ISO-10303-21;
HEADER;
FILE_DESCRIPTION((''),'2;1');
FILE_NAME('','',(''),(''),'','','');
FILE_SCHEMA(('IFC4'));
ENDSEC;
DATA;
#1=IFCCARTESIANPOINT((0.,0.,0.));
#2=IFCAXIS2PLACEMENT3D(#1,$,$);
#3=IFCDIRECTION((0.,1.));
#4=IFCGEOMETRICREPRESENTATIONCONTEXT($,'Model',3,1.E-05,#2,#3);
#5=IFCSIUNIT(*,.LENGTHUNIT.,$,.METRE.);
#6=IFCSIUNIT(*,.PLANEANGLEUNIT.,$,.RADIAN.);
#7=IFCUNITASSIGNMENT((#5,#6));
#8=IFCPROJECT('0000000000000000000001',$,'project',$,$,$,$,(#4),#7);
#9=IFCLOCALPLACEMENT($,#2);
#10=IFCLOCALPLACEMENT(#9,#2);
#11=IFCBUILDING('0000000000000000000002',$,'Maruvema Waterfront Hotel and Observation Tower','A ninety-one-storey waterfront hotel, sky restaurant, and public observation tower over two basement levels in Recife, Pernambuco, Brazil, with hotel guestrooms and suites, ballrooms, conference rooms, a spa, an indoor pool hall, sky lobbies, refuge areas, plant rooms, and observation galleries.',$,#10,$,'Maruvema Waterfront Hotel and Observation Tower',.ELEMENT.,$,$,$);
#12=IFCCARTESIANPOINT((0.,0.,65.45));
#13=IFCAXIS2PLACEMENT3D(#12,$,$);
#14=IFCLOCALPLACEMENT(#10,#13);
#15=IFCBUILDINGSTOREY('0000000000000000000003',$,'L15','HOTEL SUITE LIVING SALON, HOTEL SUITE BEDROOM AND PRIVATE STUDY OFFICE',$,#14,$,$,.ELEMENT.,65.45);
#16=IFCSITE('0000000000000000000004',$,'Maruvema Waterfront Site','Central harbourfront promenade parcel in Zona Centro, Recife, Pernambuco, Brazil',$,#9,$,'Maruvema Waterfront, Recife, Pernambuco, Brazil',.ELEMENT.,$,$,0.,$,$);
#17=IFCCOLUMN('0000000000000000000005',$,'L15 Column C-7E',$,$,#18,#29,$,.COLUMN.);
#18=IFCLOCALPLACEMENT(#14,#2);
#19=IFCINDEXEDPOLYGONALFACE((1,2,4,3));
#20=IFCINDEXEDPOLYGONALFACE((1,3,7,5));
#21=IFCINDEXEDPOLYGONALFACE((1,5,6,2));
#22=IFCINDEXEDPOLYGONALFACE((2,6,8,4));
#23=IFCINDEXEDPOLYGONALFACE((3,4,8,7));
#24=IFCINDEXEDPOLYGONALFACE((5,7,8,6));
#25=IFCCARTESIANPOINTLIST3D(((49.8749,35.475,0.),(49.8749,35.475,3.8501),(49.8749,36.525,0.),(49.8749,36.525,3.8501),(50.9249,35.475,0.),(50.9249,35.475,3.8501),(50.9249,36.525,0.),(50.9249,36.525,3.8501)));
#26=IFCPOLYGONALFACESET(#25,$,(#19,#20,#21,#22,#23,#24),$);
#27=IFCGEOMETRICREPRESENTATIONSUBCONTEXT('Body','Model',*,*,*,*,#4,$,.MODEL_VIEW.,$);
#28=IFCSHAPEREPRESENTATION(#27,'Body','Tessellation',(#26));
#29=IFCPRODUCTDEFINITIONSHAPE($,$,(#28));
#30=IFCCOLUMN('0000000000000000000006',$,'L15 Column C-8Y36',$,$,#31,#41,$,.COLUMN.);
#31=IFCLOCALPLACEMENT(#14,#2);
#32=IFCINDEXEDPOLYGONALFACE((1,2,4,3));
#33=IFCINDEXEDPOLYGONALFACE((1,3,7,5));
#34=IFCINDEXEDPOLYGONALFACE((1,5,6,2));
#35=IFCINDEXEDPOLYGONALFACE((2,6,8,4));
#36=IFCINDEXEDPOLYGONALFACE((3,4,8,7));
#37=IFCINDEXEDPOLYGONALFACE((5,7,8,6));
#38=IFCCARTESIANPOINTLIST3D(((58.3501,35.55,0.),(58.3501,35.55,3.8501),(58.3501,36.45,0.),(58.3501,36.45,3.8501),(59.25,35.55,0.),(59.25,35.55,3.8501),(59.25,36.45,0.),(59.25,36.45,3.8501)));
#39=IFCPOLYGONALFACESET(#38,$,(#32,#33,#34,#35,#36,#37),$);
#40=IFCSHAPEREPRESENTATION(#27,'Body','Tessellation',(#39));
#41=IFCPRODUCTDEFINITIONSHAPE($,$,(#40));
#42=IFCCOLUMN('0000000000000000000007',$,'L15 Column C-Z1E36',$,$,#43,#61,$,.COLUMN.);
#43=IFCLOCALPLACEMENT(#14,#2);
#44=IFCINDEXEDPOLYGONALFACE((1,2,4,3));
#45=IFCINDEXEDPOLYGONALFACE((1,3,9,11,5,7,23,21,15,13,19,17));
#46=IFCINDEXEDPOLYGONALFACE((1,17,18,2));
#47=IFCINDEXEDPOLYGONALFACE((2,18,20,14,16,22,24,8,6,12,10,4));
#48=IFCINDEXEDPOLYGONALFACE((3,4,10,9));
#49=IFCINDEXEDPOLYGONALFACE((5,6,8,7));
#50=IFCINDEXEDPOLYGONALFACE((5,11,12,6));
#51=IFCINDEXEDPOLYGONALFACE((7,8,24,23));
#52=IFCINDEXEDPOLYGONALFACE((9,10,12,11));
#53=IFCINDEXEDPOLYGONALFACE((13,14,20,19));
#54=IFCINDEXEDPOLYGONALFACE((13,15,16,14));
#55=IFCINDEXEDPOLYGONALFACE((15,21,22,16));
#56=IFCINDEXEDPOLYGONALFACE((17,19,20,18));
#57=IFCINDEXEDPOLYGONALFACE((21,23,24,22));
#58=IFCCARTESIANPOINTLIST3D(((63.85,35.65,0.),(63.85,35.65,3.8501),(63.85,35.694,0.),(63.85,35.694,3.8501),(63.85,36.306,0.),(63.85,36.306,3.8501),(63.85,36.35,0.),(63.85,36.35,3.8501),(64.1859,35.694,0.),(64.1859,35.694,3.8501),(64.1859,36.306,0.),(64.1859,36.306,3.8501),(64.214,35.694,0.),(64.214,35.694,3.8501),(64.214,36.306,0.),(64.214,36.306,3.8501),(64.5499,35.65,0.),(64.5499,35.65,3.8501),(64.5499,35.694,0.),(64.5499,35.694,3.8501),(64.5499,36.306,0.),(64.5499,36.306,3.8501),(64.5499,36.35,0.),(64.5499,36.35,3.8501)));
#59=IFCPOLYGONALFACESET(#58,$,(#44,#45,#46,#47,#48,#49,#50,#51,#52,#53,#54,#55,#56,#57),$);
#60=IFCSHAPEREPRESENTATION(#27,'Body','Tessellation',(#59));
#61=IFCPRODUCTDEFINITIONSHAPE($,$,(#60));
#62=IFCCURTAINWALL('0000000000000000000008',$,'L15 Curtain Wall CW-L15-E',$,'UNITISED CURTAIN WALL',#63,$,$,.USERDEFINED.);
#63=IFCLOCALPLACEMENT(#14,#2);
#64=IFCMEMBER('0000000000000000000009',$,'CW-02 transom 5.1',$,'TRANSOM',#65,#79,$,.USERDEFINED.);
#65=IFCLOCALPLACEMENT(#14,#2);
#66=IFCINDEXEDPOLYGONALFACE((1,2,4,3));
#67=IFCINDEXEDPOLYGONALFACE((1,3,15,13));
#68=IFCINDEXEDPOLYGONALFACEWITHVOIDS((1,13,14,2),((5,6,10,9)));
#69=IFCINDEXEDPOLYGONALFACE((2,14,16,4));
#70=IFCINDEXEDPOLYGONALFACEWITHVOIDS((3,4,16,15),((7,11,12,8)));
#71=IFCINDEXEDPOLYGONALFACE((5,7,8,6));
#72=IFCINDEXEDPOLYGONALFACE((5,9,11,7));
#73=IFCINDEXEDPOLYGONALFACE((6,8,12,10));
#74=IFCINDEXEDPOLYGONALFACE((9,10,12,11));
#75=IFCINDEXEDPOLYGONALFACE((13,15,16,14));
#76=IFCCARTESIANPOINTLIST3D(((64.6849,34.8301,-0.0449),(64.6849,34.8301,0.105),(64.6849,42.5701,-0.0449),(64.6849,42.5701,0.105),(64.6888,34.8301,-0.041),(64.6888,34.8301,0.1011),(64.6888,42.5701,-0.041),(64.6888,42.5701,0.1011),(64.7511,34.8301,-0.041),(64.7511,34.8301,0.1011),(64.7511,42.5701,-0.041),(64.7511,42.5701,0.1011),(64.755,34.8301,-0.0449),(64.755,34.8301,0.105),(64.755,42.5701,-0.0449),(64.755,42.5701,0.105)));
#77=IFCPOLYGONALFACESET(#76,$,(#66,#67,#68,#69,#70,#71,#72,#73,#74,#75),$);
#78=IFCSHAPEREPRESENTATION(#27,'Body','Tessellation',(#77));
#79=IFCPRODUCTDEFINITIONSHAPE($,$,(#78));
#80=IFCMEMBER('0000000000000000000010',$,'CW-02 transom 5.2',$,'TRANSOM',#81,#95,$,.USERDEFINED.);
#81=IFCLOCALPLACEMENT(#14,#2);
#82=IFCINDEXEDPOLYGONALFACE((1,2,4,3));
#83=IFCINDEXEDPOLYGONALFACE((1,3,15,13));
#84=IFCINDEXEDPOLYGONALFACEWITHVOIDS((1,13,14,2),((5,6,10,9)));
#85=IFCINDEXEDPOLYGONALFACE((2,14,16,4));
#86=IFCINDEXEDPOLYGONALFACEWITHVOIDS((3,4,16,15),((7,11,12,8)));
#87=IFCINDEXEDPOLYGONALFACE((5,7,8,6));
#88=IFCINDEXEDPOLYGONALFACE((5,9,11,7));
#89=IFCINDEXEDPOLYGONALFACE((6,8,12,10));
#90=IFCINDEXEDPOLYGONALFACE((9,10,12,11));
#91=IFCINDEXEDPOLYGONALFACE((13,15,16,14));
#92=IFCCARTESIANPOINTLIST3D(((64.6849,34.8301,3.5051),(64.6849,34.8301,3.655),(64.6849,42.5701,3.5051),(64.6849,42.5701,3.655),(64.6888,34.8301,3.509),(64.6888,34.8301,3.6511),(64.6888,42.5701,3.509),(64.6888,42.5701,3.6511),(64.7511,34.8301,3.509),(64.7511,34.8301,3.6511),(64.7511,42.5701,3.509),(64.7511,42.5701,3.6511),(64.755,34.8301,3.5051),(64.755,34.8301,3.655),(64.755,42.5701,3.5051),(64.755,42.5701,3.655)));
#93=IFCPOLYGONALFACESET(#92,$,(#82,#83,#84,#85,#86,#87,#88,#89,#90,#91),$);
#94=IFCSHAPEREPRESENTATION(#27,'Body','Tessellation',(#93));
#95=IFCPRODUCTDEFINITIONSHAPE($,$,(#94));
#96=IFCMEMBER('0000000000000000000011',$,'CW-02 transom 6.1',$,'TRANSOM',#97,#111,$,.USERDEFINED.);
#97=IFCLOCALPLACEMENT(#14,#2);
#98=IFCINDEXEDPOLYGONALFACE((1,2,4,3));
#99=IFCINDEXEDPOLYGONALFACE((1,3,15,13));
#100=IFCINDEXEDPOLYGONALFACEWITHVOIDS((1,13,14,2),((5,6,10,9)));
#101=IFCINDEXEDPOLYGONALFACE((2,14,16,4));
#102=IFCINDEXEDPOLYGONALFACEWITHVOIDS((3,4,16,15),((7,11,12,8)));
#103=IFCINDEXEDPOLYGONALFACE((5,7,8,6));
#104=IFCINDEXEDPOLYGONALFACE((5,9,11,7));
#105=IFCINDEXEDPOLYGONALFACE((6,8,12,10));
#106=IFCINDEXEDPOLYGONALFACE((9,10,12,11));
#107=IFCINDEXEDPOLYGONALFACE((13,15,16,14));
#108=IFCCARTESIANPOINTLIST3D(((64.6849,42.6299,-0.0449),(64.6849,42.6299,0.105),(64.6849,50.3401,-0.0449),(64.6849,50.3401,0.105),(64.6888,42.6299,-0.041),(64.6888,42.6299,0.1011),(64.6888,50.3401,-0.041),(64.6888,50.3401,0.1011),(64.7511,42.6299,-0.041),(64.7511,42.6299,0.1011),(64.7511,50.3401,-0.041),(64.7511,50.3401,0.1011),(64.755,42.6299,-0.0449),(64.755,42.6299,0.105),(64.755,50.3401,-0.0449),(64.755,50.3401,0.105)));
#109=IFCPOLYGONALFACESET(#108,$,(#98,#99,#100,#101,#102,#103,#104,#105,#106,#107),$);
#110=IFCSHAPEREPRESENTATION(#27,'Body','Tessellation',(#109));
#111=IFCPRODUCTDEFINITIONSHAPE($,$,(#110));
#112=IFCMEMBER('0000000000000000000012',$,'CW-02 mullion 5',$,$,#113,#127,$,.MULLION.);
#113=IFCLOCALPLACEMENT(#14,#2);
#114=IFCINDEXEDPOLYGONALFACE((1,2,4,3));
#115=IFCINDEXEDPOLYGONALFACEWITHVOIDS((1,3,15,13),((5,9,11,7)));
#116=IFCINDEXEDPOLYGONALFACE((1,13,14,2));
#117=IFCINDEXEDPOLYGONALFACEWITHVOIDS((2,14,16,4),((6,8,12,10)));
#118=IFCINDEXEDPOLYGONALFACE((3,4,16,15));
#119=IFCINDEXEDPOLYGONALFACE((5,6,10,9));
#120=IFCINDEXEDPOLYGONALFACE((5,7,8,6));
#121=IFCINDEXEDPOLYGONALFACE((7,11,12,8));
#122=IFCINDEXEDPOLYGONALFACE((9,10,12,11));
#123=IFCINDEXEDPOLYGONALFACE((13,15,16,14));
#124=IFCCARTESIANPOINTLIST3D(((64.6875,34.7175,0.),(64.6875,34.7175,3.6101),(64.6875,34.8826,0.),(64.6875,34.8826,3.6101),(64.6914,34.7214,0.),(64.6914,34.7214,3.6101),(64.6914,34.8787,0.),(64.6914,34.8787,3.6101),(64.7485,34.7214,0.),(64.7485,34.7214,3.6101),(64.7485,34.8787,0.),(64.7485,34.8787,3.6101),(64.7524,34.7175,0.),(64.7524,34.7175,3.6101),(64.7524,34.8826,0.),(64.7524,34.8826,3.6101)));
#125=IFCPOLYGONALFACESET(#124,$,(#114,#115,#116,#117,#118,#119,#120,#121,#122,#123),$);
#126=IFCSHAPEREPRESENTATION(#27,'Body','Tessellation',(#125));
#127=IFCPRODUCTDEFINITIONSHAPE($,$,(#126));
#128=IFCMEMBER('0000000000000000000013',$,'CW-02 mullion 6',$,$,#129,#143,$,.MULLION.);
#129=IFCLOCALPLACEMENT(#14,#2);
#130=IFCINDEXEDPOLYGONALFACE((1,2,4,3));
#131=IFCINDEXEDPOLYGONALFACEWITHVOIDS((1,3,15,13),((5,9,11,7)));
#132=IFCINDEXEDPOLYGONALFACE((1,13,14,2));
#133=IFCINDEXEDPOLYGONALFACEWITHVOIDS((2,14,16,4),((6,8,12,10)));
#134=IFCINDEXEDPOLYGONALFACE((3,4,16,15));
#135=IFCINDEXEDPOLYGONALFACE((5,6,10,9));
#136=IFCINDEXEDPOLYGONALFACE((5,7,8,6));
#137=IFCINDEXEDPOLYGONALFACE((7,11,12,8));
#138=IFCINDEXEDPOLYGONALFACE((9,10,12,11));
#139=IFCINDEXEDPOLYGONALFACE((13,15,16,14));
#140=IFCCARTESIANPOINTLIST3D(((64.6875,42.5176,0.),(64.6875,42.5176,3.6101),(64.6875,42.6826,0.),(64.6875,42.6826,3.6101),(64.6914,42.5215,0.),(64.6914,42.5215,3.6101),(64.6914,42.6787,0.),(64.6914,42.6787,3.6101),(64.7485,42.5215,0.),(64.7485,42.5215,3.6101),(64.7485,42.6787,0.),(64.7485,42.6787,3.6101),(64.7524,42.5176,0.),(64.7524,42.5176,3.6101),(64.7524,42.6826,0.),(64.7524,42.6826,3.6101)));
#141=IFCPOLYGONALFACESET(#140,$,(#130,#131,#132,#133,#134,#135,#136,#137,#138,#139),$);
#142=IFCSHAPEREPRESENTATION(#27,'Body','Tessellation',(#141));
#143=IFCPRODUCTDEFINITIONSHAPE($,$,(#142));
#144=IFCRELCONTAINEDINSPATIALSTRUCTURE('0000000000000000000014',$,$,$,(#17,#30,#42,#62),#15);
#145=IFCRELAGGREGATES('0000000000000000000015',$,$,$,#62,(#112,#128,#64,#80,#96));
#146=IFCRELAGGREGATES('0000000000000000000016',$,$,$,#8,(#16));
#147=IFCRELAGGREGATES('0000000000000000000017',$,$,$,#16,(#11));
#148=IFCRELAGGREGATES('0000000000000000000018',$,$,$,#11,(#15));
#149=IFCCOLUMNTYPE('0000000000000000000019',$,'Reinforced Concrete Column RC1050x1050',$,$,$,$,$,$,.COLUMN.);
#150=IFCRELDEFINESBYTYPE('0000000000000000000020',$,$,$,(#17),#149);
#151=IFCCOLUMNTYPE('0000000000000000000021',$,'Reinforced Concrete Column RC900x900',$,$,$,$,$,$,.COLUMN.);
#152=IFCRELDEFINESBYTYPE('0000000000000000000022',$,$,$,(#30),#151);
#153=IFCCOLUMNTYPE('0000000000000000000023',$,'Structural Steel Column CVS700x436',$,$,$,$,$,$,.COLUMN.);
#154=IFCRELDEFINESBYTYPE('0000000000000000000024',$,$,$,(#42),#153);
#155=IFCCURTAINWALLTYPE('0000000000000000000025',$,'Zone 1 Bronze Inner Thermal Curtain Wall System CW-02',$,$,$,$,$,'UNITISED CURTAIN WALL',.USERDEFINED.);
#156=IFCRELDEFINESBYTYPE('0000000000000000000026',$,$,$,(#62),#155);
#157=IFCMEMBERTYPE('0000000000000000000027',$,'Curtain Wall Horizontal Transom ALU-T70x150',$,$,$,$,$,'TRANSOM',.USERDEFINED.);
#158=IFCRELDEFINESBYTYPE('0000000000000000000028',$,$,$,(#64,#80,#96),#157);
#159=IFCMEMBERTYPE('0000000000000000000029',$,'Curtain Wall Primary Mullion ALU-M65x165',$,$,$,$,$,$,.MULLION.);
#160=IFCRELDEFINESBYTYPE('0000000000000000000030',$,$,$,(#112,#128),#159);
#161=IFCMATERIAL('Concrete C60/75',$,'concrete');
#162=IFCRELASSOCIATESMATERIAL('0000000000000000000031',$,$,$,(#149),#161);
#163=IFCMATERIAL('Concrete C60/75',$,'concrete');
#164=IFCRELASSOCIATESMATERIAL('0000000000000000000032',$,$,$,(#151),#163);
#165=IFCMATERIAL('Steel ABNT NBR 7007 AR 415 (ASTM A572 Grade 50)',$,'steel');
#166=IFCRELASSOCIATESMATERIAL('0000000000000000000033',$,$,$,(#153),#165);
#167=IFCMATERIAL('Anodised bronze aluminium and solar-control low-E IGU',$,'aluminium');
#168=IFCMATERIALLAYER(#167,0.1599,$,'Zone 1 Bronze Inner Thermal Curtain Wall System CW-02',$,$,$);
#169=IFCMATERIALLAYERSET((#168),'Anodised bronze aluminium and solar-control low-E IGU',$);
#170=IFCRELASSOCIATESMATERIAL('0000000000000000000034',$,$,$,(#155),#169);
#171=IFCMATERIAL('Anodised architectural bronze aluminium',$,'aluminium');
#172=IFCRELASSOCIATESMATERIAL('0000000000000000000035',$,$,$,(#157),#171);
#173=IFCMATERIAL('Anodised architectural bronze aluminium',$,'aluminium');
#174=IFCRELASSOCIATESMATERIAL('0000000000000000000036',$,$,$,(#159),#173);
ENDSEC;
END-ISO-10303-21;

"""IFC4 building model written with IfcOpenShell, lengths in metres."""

from ifc_helpers import new_model, si_unit, direction, frame, origin, origin_2d, place, context, subcontext, project, spatial, rectangle, hollow_rectangle, i_section, extrude, material, layer, layer_set, material_profile, profile_set, type_object, element, aggregate, save


model = new_model("IFC4")

# Units and contexts
model_context = context("Model", 3, precision=1e-05, world=origin(), true_north=direction((0.0, 1.0)))
body_context = subcontext(model_context, "Body", "Model", "MODEL_VIEW")
ifc_project = project(units=[si_unit("LENGTHUNIT", "METRE"), si_unit("PLANEANGLEUNIT", "RADIAN")], contexts=[model_context])

# Site, building, storey
site_placement = place(None, origin())
site = spatial("IfcSite", under=ifc_project, at=site_placement, Name="Maruvema Waterfront Site", Description="Central harbourfront promenade parcel in Zona Centro, Recife, Pernambuco, Brazil", LongName="Maruvema Waterfront, Recife, Pernambuco, Brazil", CompositionType="ELEMENT", RefElevation=0.0)
building_placement = place(site_placement, origin())
building = spatial("IfcBuilding", under=site, at=building_placement, Name="Maruvema Waterfront Hotel and Observation Tower", Description="A ninety-one-storey waterfront hotel, sky restaurant, and public observation tower over two basement levels in Recife, Pernambuco, Brazil, with hotel guestrooms and suites, ballrooms, conference rooms, a spa, an indoor pool hall, sky lobbies, refuge areas, plant rooms, and observation galleries.", LongName="Maruvema Waterfront Hotel and Observation Tower", CompositionType="ELEMENT")
storey_placement = place(building_placement, frame((0.0, 0.0, 65.45)))
storey = spatial("IfcBuildingStorey", under=building, at=storey_placement, Name="L15", Description="HOTEL SUITE LIVING SALON, HOTEL SUITE BEDROOM AND PRIVATE STUDY OFFICE", CompositionType="ELEMENT", Elevation=65.45)

# Columns
ifc_material_1 = material(Name="Concrete C60/75", Category="concrete")
ifc_material_profile_1 = material_profile(ifc_material_1, rectangle(XDim=1.05, YDim=1.05, at=origin_2d()), Name="RC1050x1050")
ifc_profile_set_1 = profile_set([ifc_material_profile_1], Name="Concrete C60/75")
column_type_1 = type_object("IfcColumnType", Name="Reinforced Concrete Column RC1050x1050", PredefinedType="COLUMN", material=ifc_profile_set_1)
column_1_placement = place(storey_placement, frame((50.3999, 36.0, 0.0), z_axis=(0.0, 0.0, 1.0), x_axis=(1.0, 0.0, 0.0)))
element("IfcColumn", 1, at=column_1_placement, inside=storey, type_object=column_type_1, Name="L15 Column C-7E", PredefinedType="COLUMN", context=body_context, shape_type="SweptSolid", body=[
    extrude(rectangle(XDim=1.05, YDim=1.05, at=origin_2d()), origin(), (0.0, 0.0, 1.0), 3.8501),
])
ifc_material_2 = material(Name="Concrete C60/75", Category="concrete")
ifc_material_profile_2 = material_profile(ifc_material_2, rectangle(XDim=0.8999, YDim=0.8999, at=origin_2d()), Name="RC900x900")
ifc_profile_set_2 = profile_set([ifc_material_profile_2], Name="Concrete C60/75")
column_type_2 = type_object("IfcColumnType", Name="Reinforced Concrete Column RC900x900", PredefinedType="COLUMN", material=ifc_profile_set_2)
column_2_placement = place(storey_placement, frame((58.8, 36.0, 0.0), z_axis=(0.0, 0.0, 1.0), x_axis=(1.0, 0.0, 0.0)))
element("IfcColumn", 2, at=column_2_placement, inside=storey, type_object=column_type_2, Name="L15 Column C-8Y36", PredefinedType="COLUMN", context=body_context, shape_type="SweptSolid", body=[
    extrude(rectangle(XDim=0.8999, YDim=0.8999, at=origin_2d()), origin(), (0.0, 0.0, 1.0), 3.8501),
])
ifc_material_3 = material(Name="Steel ABNT NBR 7007 AR 415 (ASTM A572 Grade 50)", Category="steel")
ifc_material_profile_3 = material_profile(ifc_material_3, i_section(OverallWidth=0.7, OverallDepth=0.7, WebThickness=0.0281, FlangeThickness=0.0439, at=origin_2d()), Name="CVS700x436")
ifc_profile_set_3 = profile_set([ifc_material_profile_3], Name="Steel ABNT NBR 7007 AR 415 (ASTM A572 Grade 50)")
column_type_3 = type_object("IfcColumnType", Name="Structural Steel Column CVS700x436", PredefinedType="COLUMN", material=ifc_profile_set_3)
column_3_placement = place(storey_placement, frame((64.2, 36.0, 0.0), z_axis=(0.0, 0.0, 1.0), x_axis=(1.0, 0.0, 0.0)))
element("IfcColumn", 3, at=column_3_placement, inside=storey, type_object=column_type_3, Name="L15 Column C-Z1E36", PredefinedType="COLUMN", context=body_context, shape_type="SweptSolid", body=[
    extrude(i_section(OverallWidth=0.7, OverallDepth=0.7, WebThickness=0.0281, FlangeThickness=0.0439, at=origin_2d()), origin(), (0.0, 0.0, 1.0), 3.8501),
])

# Curtain wall, members
ifc_material_4 = material(Name="Anodised bronze aluminium and solar-control low-E IGU", Category="aluminium")
ifc_layer_1 = layer(ifc_material_4, 0.1599, Name="Zone 1 Bronze Inner Thermal Curtain Wall System CW-02")
ifc_layer_set_1 = layer_set([ifc_layer_1], Name="Anodised bronze aluminium and solar-control low-E IGU")
curtain_wall_type = type_object("IfcCurtainWallType", Name="Zone 1 Bronze Inner Thermal Curtain Wall System CW-02", ElementType="UNITISED CURTAIN WALL", PredefinedType="USERDEFINED", material=ifc_layer_set_1)
curtain_wall_placement = place(storey_placement, origin())
curtain_wall = element("IfcCurtainWall", 4, at=curtain_wall_placement, inside=storey, type_object=curtain_wall_type, Name="L15 Curtain Wall CW-L15-E", ObjectType="UNITISED CURTAIN WALL", PredefinedType="USERDEFINED")
ifc_material_5 = material(Name="Anodised architectural bronze aluminium", Category="aluminium")
ifc_material_profile_4 = material_profile(ifc_material_5, hollow_rectangle(XDim=0.0701, YDim=0.1499, WallThickness=0.0039, at=origin_2d()), Name="ALU-T70x150")
ifc_profile_set_4 = profile_set([ifc_material_profile_4], Name="Anodised architectural bronze aluminium")
member_type_1 = type_object("IfcMemberType", Name="Curtain Wall Horizontal Transom ALU-T70x150", ElementType="TRANSOM", PredefinedType="USERDEFINED", material=ifc_profile_set_4)
member_1_placement = place(storey_placement, frame((64.72, 34.8301, 0.03), z_axis=(0.0, 1.0, 0.0), x_axis=(-1.0, 0.0, 0.0)))
member_1 = element("IfcMember", 5, at=member_1_placement, type_object=member_type_1, Name="CW-02 transom 5.1", ObjectType="TRANSOM", PredefinedType="USERDEFINED", context=body_context, shape_type="SweptSolid", body=[
    extrude(hollow_rectangle(XDim=0.0701, YDim=0.1499, WallThickness=0.0039, at=origin_2d()), origin(), (0.0, 0.0, 1.0), 7.74),
])
member_2_placement = place(storey_placement, frame((64.72, 34.8301, 3.5801), z_axis=(0.0, 1.0, 0.0), x_axis=(-1.0, 0.0, 0.0)))
member_2 = element("IfcMember", 6, at=member_2_placement, type_object=member_type_1, Name="CW-02 transom 5.2", ObjectType="TRANSOM", PredefinedType="USERDEFINED", context=body_context, shape_type="SweptSolid", body=[
    extrude(hollow_rectangle(XDim=0.0701, YDim=0.1499, WallThickness=0.0039, at=origin_2d()), origin(), (0.0, 0.0, 1.0), 7.74),
])
member_3_placement = place(storey_placement, frame((64.72, 42.6299, 0.03), z_axis=(0.0, 1.0, 0.0), x_axis=(-1.0, 0.0, 0.0)))
member_3 = element("IfcMember", 7, at=member_3_placement, type_object=member_type_1, Name="CW-02 transom 6.1", ObjectType="TRANSOM", PredefinedType="USERDEFINED", context=body_context, shape_type="SweptSolid", body=[
    extrude(hollow_rectangle(XDim=0.0701, YDim=0.1499, WallThickness=0.0039, at=origin_2d()), origin(), (0.0, 0.0, 1.0), 7.7102),
])
ifc_material_6 = material(Name="Anodised architectural bronze aluminium", Category="aluminium")
ifc_material_profile_5 = material_profile(ifc_material_6, hollow_rectangle(XDim=0.0649, YDim=0.165, WallThickness=0.0039, at=origin_2d()), Name="ALU-M65x165")
ifc_profile_set_5 = profile_set([ifc_material_profile_5], Name="Anodised architectural bronze aluminium")
member_type_2 = type_object("IfcMemberType", Name="Curtain Wall Primary Mullion ALU-M65x165", PredefinedType="MULLION", material=ifc_profile_set_5)
member_4_placement = place(storey_placement, frame((64.72, 34.8, 0.0), z_axis=(0.0, 0.0, 1.0), x_axis=(-1.0, 0.0, 0.0)))
member_4 = element("IfcMember", 8, at=member_4_placement, type_object=member_type_2, Name="CW-02 mullion 5", PredefinedType="MULLION", context=body_context, shape_type="SweptSolid", body=[
    extrude(hollow_rectangle(XDim=0.0649, YDim=0.165, WallThickness=0.0039, at=origin_2d()), origin(), (0.0, 0.0, 1.0), 3.6101),
])
member_5_placement = place(storey_placement, frame((64.72, 42.6001, 0.0), z_axis=(0.0, 0.0, 1.0), x_axis=(-1.0, 0.0, 0.0)))
member_5 = element("IfcMember", 9, at=member_5_placement, type_object=member_type_2, Name="CW-02 mullion 6", PredefinedType="MULLION", context=body_context, shape_type="SweptSolid", body=[
    extrude(hollow_rectangle(XDim=0.0649, YDim=0.165, WallThickness=0.0039, at=origin_2d()), origin(), (0.0, 0.0, 1.0), 3.6101),
])

aggregate(curtain_wall, [member_4, member_5, member_1, member_2, member_3])

save(model, "model.ifc")
